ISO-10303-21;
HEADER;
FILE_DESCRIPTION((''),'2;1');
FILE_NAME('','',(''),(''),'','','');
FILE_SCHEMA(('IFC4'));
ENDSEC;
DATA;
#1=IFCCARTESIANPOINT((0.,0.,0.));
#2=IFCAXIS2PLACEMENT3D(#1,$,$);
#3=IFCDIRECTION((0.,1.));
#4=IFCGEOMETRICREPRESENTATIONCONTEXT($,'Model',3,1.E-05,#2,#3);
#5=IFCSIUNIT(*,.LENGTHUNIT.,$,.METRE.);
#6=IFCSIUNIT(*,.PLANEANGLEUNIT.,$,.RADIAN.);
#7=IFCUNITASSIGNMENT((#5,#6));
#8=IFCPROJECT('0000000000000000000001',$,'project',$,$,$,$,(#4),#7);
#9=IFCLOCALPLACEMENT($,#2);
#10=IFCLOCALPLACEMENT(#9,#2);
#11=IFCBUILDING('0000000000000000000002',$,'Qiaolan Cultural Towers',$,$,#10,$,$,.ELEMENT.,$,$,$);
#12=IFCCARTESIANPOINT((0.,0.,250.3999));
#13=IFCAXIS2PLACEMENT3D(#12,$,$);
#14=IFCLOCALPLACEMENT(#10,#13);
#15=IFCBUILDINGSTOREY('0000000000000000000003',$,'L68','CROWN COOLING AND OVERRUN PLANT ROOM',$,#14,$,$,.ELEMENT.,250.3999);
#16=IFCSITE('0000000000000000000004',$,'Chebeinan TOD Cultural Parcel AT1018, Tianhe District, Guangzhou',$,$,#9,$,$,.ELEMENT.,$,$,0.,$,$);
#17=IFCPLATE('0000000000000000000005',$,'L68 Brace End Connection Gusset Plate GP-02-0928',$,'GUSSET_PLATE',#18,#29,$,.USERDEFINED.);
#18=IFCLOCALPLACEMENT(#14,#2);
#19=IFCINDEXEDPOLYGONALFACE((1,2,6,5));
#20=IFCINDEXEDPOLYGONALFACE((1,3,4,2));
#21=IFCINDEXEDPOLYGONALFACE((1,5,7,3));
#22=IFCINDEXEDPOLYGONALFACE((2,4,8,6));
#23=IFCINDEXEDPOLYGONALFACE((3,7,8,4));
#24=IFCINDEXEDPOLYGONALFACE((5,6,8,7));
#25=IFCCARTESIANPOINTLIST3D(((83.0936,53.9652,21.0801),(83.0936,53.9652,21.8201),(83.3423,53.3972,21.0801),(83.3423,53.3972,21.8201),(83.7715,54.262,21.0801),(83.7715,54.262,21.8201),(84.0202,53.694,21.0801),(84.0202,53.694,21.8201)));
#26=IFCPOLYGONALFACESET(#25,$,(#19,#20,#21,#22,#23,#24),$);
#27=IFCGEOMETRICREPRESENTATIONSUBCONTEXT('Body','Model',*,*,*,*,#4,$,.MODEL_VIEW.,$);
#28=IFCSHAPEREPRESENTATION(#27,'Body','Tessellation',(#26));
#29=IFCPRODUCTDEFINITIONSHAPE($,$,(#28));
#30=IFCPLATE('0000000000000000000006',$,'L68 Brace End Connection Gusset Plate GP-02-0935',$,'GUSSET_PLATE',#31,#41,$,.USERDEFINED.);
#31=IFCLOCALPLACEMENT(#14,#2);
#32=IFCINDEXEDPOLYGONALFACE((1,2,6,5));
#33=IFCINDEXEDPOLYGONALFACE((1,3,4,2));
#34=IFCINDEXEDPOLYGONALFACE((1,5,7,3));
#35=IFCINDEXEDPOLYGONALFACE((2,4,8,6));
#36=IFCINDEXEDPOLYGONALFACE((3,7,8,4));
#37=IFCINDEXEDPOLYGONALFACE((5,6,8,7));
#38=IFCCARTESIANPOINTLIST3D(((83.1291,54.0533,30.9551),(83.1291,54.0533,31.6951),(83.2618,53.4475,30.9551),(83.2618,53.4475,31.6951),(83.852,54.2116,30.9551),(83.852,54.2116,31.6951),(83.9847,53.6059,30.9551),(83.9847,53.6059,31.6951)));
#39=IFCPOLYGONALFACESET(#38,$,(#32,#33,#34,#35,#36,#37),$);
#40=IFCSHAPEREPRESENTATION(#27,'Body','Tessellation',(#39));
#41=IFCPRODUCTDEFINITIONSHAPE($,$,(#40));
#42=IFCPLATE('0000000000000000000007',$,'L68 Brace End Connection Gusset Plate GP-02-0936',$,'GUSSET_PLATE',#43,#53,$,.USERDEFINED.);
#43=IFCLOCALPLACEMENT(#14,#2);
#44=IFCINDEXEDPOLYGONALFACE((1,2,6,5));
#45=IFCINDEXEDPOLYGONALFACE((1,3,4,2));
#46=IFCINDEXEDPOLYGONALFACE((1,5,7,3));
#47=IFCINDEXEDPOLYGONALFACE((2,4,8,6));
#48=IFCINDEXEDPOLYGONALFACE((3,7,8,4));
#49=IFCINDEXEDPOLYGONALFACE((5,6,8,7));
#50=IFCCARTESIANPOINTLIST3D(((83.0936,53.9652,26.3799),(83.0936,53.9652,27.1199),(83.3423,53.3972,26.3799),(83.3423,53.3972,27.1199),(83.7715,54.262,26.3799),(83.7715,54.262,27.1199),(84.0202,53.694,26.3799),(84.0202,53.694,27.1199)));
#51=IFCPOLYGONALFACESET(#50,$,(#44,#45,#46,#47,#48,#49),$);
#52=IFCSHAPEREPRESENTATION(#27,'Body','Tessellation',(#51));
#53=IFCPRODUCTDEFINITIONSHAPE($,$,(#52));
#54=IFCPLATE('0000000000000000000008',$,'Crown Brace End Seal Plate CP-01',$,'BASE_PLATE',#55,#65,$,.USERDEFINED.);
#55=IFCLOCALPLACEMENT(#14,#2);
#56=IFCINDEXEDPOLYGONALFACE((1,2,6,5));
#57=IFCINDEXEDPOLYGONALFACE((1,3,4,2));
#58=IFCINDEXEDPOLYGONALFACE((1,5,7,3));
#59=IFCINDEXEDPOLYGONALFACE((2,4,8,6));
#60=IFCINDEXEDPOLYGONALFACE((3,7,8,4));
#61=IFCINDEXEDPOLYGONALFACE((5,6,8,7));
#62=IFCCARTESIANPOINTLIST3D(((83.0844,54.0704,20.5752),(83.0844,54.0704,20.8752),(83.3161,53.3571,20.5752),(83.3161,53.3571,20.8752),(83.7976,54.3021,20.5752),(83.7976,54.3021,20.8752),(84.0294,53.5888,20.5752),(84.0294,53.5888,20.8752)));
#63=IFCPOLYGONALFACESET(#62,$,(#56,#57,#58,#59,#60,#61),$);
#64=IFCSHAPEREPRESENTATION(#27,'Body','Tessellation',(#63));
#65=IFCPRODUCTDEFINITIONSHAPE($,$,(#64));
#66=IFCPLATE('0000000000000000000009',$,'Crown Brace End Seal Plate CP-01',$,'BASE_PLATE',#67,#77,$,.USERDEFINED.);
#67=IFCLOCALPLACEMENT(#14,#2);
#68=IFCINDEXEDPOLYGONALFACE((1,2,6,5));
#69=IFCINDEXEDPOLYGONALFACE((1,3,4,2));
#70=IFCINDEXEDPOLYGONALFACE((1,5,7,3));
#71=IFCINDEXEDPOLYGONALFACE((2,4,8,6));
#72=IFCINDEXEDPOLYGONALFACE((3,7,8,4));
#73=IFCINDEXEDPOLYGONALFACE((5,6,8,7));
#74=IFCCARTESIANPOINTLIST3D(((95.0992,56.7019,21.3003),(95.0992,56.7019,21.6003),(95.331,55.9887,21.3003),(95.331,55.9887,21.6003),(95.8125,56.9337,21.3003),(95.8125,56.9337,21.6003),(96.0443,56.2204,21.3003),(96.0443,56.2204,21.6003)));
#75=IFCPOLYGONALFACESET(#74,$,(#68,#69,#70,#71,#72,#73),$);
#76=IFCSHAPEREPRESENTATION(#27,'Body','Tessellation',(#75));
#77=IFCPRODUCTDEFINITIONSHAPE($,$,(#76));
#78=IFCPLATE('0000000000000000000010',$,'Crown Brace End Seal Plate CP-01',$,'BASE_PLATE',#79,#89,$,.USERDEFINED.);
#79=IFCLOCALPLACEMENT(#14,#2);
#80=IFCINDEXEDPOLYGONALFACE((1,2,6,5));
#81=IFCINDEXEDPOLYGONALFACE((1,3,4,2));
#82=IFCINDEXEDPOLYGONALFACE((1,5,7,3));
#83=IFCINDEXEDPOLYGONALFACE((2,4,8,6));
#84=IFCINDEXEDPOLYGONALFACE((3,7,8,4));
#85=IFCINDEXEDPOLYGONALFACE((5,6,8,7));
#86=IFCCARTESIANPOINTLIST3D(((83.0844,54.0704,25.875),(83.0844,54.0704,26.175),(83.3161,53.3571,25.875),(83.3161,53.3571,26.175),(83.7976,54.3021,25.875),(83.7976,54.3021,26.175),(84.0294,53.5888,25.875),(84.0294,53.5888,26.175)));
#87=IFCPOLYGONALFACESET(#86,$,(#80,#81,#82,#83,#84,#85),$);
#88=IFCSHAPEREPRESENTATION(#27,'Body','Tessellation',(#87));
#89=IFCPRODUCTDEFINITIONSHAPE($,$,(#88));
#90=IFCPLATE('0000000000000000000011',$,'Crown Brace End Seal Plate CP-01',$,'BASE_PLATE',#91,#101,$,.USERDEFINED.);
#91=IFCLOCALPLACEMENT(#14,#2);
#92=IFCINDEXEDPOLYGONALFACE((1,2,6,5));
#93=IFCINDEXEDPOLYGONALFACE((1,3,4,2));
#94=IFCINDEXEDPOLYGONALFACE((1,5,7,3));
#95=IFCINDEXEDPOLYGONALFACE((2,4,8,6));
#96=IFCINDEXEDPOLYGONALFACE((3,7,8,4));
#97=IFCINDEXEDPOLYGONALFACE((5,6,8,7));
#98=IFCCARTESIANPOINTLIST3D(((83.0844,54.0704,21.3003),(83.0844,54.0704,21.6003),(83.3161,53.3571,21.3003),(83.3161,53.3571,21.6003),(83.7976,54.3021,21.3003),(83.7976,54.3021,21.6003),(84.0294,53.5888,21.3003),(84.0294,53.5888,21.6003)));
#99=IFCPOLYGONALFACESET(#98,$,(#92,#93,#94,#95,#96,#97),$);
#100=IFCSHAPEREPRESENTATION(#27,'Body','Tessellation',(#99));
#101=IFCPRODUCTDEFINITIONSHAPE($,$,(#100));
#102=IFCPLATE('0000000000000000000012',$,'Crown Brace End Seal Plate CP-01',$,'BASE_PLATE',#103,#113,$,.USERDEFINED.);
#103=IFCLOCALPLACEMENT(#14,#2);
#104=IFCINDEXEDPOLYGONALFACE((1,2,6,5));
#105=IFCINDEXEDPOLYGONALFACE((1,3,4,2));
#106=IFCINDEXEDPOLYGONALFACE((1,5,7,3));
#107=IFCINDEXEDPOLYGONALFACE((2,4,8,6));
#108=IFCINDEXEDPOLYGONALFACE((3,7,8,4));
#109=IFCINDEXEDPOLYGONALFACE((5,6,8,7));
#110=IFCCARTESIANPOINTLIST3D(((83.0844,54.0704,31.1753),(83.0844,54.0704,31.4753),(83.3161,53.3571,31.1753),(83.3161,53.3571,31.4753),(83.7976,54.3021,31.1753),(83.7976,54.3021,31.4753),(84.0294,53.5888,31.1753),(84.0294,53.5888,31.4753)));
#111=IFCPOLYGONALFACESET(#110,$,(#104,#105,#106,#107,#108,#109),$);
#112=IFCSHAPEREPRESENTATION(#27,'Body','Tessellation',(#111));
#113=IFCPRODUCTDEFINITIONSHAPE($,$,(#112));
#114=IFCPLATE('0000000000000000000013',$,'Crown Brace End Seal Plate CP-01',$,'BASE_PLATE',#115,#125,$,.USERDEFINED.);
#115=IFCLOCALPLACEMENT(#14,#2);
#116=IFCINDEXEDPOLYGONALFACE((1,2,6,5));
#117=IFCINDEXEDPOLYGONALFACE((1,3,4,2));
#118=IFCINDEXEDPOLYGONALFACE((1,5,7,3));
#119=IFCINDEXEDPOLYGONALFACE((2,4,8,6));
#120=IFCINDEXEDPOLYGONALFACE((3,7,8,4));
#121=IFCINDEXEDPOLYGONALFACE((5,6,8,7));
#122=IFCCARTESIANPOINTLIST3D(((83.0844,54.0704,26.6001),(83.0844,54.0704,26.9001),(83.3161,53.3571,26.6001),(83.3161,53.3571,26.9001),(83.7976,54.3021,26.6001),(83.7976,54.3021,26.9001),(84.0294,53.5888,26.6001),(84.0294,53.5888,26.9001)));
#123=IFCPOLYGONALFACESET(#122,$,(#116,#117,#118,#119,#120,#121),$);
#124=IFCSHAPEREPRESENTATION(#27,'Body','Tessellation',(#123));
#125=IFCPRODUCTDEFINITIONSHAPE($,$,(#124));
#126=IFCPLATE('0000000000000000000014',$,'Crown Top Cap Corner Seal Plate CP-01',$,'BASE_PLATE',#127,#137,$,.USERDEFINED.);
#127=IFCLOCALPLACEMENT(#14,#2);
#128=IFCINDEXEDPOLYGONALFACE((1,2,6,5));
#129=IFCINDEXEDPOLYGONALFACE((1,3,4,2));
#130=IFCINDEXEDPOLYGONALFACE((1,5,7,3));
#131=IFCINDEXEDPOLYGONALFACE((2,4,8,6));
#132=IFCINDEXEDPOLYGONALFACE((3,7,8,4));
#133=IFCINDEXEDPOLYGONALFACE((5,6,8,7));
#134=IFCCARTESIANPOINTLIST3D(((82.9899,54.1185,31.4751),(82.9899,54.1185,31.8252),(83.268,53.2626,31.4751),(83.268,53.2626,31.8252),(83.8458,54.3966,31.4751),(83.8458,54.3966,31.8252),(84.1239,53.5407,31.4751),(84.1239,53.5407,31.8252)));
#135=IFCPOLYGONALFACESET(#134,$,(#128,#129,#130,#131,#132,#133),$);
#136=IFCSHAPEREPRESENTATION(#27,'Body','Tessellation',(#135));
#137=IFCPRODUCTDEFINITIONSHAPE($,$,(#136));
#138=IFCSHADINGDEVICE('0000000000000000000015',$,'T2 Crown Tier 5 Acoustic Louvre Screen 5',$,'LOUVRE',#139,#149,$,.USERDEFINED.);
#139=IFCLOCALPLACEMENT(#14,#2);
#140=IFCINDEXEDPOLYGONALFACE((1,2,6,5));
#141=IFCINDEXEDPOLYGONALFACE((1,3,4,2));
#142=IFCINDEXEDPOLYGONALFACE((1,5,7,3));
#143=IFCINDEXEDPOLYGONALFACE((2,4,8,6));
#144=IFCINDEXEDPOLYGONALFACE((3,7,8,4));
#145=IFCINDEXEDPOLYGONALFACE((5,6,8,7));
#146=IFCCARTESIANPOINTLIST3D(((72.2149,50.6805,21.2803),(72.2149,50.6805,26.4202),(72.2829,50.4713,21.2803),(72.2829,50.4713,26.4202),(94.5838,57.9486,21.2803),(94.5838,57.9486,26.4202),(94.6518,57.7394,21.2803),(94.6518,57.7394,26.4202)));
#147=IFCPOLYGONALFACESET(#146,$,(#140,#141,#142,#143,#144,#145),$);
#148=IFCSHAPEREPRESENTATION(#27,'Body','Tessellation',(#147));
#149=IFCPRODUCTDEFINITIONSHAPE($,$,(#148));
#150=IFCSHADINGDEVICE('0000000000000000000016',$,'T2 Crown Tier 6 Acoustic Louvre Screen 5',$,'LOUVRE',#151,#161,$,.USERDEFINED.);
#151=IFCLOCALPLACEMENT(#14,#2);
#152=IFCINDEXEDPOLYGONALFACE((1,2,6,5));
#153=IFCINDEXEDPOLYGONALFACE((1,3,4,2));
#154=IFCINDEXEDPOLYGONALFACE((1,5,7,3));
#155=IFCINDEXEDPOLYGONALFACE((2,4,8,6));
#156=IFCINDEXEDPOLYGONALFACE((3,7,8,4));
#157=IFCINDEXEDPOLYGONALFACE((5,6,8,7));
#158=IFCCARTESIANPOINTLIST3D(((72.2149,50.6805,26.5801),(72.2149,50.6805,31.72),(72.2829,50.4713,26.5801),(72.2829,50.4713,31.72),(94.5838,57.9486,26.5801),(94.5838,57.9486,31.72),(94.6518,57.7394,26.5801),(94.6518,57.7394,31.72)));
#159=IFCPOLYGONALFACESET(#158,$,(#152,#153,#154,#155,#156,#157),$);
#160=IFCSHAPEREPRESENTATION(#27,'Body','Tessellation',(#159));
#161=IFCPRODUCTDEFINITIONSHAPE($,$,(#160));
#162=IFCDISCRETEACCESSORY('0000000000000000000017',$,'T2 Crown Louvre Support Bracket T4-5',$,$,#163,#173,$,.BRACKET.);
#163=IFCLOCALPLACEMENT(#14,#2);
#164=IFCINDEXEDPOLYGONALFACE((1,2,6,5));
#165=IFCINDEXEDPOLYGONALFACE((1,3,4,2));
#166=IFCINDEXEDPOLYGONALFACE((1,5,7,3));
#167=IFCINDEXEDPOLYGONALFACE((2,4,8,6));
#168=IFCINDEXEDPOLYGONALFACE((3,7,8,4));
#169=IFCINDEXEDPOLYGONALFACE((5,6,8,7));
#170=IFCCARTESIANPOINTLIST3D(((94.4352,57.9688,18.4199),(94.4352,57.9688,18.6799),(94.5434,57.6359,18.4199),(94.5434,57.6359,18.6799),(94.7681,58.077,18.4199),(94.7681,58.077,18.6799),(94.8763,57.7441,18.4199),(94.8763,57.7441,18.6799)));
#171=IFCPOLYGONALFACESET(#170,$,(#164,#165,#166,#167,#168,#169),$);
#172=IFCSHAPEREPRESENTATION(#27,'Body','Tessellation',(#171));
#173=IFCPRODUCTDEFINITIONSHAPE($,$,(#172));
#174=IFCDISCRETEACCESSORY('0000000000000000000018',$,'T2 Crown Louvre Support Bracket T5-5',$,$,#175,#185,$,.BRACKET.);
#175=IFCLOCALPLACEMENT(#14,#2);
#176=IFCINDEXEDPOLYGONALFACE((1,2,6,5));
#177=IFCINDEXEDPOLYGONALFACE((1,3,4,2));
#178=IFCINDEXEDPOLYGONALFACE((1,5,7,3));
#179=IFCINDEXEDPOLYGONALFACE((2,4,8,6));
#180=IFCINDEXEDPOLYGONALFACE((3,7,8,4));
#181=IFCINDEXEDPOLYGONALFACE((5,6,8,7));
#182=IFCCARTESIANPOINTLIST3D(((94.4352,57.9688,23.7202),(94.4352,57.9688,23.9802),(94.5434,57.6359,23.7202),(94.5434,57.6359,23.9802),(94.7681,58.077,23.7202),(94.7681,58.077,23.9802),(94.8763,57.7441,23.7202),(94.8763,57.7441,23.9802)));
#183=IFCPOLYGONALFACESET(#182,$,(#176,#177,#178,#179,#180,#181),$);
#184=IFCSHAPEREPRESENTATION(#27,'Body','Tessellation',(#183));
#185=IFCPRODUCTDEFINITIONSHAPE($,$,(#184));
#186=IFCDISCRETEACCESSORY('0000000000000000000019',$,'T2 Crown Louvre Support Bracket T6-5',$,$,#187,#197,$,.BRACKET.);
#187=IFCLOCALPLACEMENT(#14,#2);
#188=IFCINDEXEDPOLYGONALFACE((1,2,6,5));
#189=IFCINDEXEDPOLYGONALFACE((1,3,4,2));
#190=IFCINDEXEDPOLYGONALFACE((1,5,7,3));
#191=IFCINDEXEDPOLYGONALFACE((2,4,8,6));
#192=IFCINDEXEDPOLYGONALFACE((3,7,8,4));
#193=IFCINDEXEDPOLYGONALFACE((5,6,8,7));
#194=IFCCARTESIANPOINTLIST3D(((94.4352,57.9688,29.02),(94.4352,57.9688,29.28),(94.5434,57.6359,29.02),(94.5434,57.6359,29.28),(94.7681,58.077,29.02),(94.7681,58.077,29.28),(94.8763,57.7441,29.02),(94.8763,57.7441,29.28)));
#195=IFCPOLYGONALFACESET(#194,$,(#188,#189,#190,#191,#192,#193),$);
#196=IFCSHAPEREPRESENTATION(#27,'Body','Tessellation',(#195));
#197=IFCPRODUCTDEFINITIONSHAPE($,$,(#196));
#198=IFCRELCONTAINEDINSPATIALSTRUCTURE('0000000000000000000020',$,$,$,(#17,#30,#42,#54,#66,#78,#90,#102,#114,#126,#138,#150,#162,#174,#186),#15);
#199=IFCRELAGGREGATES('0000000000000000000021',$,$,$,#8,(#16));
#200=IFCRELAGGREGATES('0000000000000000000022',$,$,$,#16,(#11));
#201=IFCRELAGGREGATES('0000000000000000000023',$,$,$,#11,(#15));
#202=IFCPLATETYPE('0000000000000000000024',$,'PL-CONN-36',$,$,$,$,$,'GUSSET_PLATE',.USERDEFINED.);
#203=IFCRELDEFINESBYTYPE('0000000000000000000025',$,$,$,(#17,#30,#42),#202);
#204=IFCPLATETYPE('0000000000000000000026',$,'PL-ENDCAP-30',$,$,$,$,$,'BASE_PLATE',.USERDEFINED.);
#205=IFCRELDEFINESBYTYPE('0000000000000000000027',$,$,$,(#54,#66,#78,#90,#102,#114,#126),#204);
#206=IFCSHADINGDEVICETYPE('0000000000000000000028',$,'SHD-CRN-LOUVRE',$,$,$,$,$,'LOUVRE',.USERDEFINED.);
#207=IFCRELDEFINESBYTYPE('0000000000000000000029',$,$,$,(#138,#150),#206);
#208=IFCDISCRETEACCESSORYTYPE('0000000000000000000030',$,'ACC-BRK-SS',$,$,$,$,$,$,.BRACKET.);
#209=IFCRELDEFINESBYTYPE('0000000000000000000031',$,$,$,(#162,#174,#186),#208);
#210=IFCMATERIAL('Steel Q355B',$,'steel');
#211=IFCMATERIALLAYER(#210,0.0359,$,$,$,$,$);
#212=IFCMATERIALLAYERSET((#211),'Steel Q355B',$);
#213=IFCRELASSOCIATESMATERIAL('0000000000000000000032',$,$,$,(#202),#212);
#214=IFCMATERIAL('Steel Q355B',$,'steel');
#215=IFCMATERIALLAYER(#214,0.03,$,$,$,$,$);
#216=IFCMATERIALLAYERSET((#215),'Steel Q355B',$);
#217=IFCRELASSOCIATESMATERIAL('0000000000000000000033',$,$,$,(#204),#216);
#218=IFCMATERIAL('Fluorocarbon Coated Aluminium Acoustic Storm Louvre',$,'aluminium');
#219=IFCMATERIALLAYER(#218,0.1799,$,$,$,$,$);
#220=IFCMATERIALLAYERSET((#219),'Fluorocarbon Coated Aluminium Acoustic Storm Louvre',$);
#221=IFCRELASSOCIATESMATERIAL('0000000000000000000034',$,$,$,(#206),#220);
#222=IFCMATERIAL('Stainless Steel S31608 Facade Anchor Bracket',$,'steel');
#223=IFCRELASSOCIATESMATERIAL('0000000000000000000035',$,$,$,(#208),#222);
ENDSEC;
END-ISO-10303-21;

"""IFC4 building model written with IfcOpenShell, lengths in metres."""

from ifc_helpers import new_model, si_unit, direction, frame, origin, origin_2d, place, context, subcontext, project, spatial, rectangle, extrude, material, layer, layer_set, type_object, element, save


model = new_model("IFC4")

# Units and contexts
model_context = context("Model", 3, precision=1e-05, world=origin(), true_north=direction((0.0, 1.0)))
body_context = subcontext(model_context, "Body", "Model", "MODEL_VIEW")
ifc_project = project(units=[si_unit("LENGTHUNIT", "METRE"), si_unit("PLANEANGLEUNIT", "RADIAN")], contexts=[model_context])

# Site, building, storey
site_placement = place(None, origin())
site = spatial("IfcSite", under=ifc_project, at=site_placement, Name="Chebeinan TOD Cultural Parcel AT1018, Tianhe District, Guangzhou", CompositionType="ELEMENT", RefElevation=0.0)
building_placement = place(site_placement, origin())
building = spatial("IfcBuilding", under=site, at=building_placement, Name="Qiaolan Cultural Towers", CompositionType="ELEMENT")
storey_placement = place(building_placement, frame((0.0, 0.0, 250.3999)))
storey = spatial("IfcBuildingStorey", under=building, at=storey_placement, Name="L68", Description="CROWN COOLING AND OVERRUN PLANT ROOM", CompositionType="ELEMENT", Elevation=250.3999)

# Plates
ifc_material_1 = material(Name="Steel Q355B", Category="steel")
ifc_layer_1 = layer(ifc_material_1, 0.0359)
ifc_layer_set_1 = layer_set([ifc_layer_1], Name="Steel Q355B")
plate_type_1 = type_object("IfcPlateType", Name="PL-CONN-36", ElementType="GUSSET_PLATE", PredefinedType="USERDEFINED", material=ifc_layer_set_1)
for number, where, z_axis, x_axis, name in (
    (1, (83.5569, 53.8296, 21.0801), (0.0, 0.0, 1.0), (0.916043, 0.40108, 0.0), "L68 Brace End Connection Gusset Plate GP-02-0928"),
    (2, (83.5569, 53.8296, 30.9551), (0.0, 0.0, 1.0), (0.976843, 0.213956, 0.0), "L68 Brace End Connection Gusset Plate GP-02-0935"),
    (3, (83.5569, 53.8296, 26.3799), (0.0, 0.0, 1.0), (0.916043, 0.40108, 0.0), "L68 Brace End Connection Gusset Plate GP-02-0936"),
):
    element("IfcPlate", number, at=place(storey_placement, frame(where, z_axis=z_axis, x_axis=x_axis)), inside=storey, type_object=plate_type_1, Name=name, ObjectType="GUSSET_PLATE", PredefinedType="USERDEFINED", context=body_context, shape_type="SweptSolid", body=[
        extrude(rectangle(XDim=0.74, YDim=0.6201, at=origin_2d()), origin(), (0.0, 0.0, 1.0), 0.74),
    ])
ifc_material_2 = material(Name="Steel Q355B", Category="steel")
ifc_layer_2 = layer(ifc_material_2, 0.03)
ifc_layer_set_2 = layer_set([ifc_layer_2], Name="Steel Q355B")
plate_type_2 = type_object("IfcPlateType", Name="PL-ENDCAP-30", ElementType="BASE_PLATE", PredefinedType="USERDEFINED", material=ifc_layer_set_2)
for number, where, z_axis, x_axis, name in (
    (4, (83.5569, 53.8296, 20.5752), (0.0, 0.0, 1.0), (0.951057, 0.309017, 0.0), "Crown Brace End Seal Plate CP-01"),
    (5, (95.5718, 56.4612, 21.3003), (0.0, 0.0, 1.0), (0.951057, 0.309017, 0.0), "Crown Brace End Seal Plate CP-01"),
    (6, (83.5569, 53.8296, 25.875), (0.0, 0.0, 1.0), (0.951057, 0.309017, 0.0), "Crown Brace End Seal Plate CP-01"),
    (7, (83.5569, 53.8296, 21.3003), (0.0, 0.0, 1.0), (0.951057, 0.309017, 0.0), "Crown Brace End Seal Plate CP-01"),
    (8, (83.5569, 53.8296, 31.1753), (0.0, 0.0, 1.0), (0.951057, 0.309017, 0.0), "Crown Brace End Seal Plate CP-01"),
    (9, (83.5569, 53.8296, 26.6001), (0.0, 0.0, 1.0), (0.951057, 0.309017, 0.0), "Crown Brace End Seal Plate CP-01"),
):
    element("IfcPlate", number, at=place(storey_placement, frame(where, z_axis=z_axis, x_axis=x_axis)), inside=storey, type_object=plate_type_2, Name=name, ObjectType="BASE_PLATE", PredefinedType="USERDEFINED", context=body_context, shape_type="SweptSolid", body=[
        extrude(rectangle(XDim=0.75, YDim=0.75, at=origin_2d()), origin(), (0.0, 0.0, 1.0), 0.3),
    ])
plate_placement = place(storey_placement, frame((83.5569, 53.8296, 31.4751), z_axis=(0.0, 0.0, 1.0), x_axis=(0.951057, 0.309017, 0.0)))
element("IfcPlate", 10, at=plate_placement, inside=storey, type_object=plate_type_2, Name="Crown Top Cap Corner Seal Plate CP-01", ObjectType="BASE_PLATE", PredefinedType="USERDEFINED", context=body_context, shape_type="SweptSolid", body=[
    extrude(rectangle(XDim=0.8999, YDim=0.8999, at=origin_2d()), origin(), (0.0, 0.0, 1.0), 0.3501),
])

# Shading devices
ifc_material_3 = material(Name="Fluorocarbon Coated Aluminium Acoustic Storm Louvre", Category="aluminium")
ifc_layer_3 = layer(ifc_material_3, 0.1799)
ifc_layer_set_3 = layer_set([ifc_layer_3], Name="Fluorocarbon Coated Aluminium Acoustic Storm Louvre")
shading_device_type = type_object("IfcShadingDeviceType", Name="SHD-CRN-LOUVRE", ElementType="LOUVRE", PredefinedType="USERDEFINED", material=ifc_layer_set_3)
for number, where, z_axis, x_axis, name in (
    (11, (83.4333, 54.21, 21.2803), (0.0, 0.0, 1.0), (-0.951057, -0.309017, 0.0), "T2 Crown Tier 5 Acoustic Louvre Screen 5"),
    (12, (83.4333, 54.21, 26.5801), (0.0, 0.0, 1.0), (-0.951057, -0.309017, 0.0), "T2 Crown Tier 6 Acoustic Louvre Screen 5"),
):
    element("IfcShadingDevice", number, at=place(storey_placement, frame(where, z_axis=z_axis, x_axis=x_axis)), inside=storey, type_object=shading_device_type, Name=name, ObjectType="LOUVRE", PredefinedType="USERDEFINED", context=body_context, shape_type="SweptSolid", body=[
        extrude(rectangle(XDim=23.52, YDim=0.22, at=origin_2d()), origin(), (0.0, 0.0, 1.0), 5.1399),
    ])

# Discrete accessories
ifc_material_4 = material(Name="Stainless Steel S31608 Facade Anchor Bracket", Category="steel")
discrete_accessory_type = type_object("IfcDiscreteAccessoryType", Name="ACC-BRK-SS", PredefinedType="BRACKET", material=ifc_material_4)
for number, where, z_axis, x_axis, name in (
    (13, (94.6558, 57.8564, 18.4199), (0.0, 0.0, 1.0), (-0.951057, -0.309017, 0.0), "T2 Crown Louvre Support Bracket T4-5"),
    (14, (94.6558, 57.8564, 23.7202), (0.0, 0.0, 1.0), (-0.951057, -0.309017, 0.0), "T2 Crown Louvre Support Bracket T5-5"),
    (15, (94.6558, 57.8564, 29.02), (0.0, 0.0, 1.0), (-0.951057, -0.309017, 0.0), "T2 Crown Louvre Support Bracket T6-5"),
):
    element("IfcDiscreteAccessory", number, at=place(storey_placement, frame(where, z_axis=z_axis, x_axis=x_axis)), inside=storey, type_object=discrete_accessory_type, Name=name, PredefinedType="BRACKET", context=body_context, shape_type="SweptSolid", body=[
        extrude(rectangle(XDim=0.3501, YDim=0.3501, at=origin_2d()), origin(), (0.0, 0.0, 1.0), 0.26),
    ])

save(model, "model.ifc")
